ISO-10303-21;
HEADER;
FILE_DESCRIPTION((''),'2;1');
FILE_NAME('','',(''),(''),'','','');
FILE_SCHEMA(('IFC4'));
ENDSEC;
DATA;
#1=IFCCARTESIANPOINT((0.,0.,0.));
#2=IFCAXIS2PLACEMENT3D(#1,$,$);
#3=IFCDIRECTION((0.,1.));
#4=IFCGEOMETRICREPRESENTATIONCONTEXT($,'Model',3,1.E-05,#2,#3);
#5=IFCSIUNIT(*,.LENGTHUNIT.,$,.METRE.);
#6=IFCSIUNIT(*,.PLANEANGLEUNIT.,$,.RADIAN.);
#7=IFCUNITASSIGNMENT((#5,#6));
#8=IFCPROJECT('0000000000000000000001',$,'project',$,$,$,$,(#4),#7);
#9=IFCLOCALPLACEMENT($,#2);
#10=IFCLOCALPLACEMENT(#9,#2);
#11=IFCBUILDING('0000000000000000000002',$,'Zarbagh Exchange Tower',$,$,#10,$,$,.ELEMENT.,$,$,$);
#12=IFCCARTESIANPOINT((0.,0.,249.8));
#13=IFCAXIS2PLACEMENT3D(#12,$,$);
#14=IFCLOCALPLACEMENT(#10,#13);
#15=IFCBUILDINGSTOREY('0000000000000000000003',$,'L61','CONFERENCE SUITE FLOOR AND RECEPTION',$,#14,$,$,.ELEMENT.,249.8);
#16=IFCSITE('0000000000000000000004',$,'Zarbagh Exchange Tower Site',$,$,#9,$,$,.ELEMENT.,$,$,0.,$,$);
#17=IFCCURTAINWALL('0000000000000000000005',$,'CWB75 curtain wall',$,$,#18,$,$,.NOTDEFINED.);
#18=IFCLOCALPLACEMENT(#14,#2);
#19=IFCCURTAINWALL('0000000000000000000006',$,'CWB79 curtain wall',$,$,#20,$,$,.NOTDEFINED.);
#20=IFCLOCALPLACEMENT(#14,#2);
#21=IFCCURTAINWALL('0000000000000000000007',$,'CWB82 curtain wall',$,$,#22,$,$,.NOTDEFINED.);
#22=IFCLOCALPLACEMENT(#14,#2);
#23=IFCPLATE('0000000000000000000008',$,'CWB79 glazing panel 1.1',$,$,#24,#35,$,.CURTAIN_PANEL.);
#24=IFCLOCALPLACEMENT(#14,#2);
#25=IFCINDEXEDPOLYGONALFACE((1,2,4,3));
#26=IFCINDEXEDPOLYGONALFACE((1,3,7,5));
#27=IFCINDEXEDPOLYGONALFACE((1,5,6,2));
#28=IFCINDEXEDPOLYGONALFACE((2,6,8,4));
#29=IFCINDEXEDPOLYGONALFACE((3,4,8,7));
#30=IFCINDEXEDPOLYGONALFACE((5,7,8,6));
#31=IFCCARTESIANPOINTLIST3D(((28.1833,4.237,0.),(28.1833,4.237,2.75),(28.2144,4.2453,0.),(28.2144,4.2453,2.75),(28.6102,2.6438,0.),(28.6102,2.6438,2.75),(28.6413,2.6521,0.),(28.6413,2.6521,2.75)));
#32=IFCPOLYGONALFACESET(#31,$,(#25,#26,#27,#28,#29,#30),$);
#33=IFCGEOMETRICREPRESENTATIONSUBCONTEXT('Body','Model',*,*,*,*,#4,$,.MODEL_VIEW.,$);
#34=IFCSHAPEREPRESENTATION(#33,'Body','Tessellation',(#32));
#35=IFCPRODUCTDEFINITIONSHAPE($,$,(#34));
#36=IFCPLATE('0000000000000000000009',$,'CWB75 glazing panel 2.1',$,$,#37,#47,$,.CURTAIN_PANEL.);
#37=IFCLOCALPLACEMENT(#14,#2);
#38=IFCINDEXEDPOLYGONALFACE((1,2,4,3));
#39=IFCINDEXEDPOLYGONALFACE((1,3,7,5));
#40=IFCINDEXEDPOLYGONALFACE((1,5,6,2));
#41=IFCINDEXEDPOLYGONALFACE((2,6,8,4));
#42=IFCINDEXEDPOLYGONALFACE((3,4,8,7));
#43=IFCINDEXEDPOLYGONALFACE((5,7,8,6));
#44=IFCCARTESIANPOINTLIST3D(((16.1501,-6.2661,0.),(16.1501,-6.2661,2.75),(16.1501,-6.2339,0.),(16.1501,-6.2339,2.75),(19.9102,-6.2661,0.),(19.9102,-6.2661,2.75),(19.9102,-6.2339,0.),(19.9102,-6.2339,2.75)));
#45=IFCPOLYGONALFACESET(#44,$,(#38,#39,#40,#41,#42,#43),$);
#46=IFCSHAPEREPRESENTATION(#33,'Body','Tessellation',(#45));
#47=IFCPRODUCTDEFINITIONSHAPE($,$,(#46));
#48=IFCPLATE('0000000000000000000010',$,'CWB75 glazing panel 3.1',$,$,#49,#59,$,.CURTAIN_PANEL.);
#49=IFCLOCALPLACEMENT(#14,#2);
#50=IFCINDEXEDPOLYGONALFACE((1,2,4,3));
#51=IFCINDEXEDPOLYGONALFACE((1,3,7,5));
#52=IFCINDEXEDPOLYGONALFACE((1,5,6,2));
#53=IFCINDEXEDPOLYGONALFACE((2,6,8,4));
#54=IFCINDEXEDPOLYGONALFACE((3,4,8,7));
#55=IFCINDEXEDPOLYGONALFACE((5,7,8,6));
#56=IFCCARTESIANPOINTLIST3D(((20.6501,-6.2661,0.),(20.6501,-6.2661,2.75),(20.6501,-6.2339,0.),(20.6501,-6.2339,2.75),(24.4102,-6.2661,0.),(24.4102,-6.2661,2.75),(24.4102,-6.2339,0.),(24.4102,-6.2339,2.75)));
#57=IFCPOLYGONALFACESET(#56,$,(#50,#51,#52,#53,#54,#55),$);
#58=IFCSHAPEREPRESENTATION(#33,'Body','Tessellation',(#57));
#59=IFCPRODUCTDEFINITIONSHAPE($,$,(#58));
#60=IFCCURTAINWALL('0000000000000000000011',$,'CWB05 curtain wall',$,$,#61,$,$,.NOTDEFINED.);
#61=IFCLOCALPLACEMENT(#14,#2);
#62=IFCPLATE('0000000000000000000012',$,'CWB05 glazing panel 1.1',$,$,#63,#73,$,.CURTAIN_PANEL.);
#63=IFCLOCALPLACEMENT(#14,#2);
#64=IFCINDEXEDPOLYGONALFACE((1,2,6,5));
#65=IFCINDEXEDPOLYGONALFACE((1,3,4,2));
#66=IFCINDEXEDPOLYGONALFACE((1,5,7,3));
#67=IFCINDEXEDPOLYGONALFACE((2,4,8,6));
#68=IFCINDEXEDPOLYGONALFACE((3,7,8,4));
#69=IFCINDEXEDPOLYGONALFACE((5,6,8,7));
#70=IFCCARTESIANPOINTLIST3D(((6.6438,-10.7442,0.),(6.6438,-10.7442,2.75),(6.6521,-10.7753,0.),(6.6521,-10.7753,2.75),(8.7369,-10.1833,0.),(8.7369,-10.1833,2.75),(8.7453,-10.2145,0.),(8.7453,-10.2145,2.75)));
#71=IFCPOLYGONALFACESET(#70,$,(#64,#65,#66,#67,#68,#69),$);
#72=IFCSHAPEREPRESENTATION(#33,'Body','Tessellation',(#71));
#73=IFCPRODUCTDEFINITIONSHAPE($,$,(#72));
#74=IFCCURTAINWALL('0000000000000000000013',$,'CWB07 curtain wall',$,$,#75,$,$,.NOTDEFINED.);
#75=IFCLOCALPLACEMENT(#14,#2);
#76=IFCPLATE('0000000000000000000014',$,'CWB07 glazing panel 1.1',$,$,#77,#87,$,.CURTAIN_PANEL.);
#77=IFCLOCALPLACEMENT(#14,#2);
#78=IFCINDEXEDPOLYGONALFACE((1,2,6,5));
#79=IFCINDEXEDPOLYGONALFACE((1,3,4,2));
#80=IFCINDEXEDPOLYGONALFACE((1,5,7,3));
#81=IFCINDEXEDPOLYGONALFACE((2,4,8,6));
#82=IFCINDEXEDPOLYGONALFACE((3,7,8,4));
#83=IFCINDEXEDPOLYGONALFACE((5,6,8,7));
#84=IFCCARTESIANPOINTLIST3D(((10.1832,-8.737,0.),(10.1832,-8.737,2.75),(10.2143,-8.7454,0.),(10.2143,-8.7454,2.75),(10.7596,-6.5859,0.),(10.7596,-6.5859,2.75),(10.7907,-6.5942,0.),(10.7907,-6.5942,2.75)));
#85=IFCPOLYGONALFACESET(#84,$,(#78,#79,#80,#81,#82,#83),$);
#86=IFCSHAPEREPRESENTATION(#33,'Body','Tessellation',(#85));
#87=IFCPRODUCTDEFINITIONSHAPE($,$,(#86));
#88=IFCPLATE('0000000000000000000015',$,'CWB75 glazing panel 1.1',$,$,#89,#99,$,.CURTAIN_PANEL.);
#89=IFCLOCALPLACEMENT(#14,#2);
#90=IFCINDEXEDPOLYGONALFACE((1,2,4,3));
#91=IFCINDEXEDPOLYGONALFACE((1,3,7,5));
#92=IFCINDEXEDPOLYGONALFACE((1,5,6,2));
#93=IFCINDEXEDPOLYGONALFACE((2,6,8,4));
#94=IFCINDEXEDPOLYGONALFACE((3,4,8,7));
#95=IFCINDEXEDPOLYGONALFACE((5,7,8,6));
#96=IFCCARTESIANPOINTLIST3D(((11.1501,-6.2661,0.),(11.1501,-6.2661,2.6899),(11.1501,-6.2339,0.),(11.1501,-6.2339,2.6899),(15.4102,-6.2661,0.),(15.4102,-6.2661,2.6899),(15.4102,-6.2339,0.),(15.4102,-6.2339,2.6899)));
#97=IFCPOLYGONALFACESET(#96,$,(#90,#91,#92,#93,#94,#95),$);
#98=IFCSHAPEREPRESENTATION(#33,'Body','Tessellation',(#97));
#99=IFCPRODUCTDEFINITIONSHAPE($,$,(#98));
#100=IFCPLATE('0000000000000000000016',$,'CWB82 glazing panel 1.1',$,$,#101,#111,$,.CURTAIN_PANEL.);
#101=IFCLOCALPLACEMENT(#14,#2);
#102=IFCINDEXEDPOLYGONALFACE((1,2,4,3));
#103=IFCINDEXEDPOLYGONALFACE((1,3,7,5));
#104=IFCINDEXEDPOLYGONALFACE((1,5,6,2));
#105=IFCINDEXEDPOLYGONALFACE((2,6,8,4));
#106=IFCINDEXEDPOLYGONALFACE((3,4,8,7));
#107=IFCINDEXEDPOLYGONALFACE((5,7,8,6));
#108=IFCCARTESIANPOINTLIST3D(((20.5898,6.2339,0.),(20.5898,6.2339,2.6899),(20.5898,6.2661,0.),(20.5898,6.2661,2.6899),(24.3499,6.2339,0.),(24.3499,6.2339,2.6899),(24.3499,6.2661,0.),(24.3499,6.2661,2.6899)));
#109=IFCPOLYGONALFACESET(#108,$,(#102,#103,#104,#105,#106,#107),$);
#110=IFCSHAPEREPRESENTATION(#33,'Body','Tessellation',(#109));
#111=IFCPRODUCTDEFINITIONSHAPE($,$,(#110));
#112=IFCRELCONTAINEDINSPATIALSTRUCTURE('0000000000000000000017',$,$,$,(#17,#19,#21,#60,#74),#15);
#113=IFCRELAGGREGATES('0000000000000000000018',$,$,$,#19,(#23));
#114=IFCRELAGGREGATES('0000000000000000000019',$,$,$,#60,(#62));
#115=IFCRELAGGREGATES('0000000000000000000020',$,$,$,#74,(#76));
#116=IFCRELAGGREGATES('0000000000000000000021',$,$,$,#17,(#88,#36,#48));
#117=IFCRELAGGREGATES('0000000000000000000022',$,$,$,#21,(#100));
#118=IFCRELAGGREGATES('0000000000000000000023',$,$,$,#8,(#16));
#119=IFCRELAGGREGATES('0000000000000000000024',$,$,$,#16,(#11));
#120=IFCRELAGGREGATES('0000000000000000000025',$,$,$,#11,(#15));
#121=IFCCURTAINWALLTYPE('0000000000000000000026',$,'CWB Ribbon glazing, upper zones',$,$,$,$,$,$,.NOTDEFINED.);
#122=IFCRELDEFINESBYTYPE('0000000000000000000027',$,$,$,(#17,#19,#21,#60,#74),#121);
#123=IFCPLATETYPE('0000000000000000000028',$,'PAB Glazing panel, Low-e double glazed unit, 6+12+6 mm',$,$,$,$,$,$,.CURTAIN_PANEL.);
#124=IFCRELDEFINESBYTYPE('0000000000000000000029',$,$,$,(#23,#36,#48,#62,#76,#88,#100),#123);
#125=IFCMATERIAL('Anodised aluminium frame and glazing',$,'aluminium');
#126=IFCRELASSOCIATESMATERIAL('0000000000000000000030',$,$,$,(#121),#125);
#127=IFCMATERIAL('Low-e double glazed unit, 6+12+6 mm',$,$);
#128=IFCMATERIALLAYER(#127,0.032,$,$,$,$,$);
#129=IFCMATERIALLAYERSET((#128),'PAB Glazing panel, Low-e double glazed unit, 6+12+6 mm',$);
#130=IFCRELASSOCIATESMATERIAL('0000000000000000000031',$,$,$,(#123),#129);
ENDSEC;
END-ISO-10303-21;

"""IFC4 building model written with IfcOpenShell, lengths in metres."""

from ifc_helpers import new_model, si_unit, direction, frame, origin, place, context, subcontext, project, spatial, polyline, outline, extrude, source, transform, mapped, material, layer, layer_set, type_object, element, aggregate, save


model = new_model("IFC4")

# Units and contexts
model_context = context("Model", 3, precision=1e-05, world=origin(), true_north=direction((0.0, 1.0)))
body_context = subcontext(model_context, "Body", "Model", "MODEL_VIEW")
ifc_project = project(units=[si_unit("LENGTHUNIT", "METRE"), si_unit("PLANEANGLEUNIT", "RADIAN")], contexts=[model_context])

# Site, building, storey
site_placement = place(None, origin())
site = spatial("IfcSite", under=ifc_project, at=site_placement, Name="Zarbagh Exchange Tower Site", CompositionType="ELEMENT", RefElevation=0.0)
building_placement = place(site_placement, origin())
building = spatial("IfcBuilding", under=site, at=building_placement, Name="Zarbagh Exchange Tower", CompositionType="ELEMENT")
storey_placement = place(building_placement, frame((0.0, 0.0, 249.8)))
storey = spatial("IfcBuildingStorey", under=building, at=storey_placement, Name="L61", Description="CONFERENCE SUITE FLOOR AND RECEPTION", CompositionType="ELEMENT", Elevation=249.8)

# Curtain wall
ifc_material_1 = material(Name="Anodised aluminium frame and glazing", Category="aluminium")
curtain_wall_type = type_object("IfcCurtainWallType", Name="CWB Ribbon glazing, upper zones", PredefinedType="NOTDEFINED", material=ifc_material_1)
curtain_wall_1_placement = place(storey_placement, origin())
curtain_wall_1 = element("IfcCurtainWall", 1, at=curtain_wall_1_placement, inside=storey, type_object=curtain_wall_type, Name="CWB75 curtain wall", PredefinedType="NOTDEFINED")
placement = place(storey_placement, origin())

# Curtain wall
curtain_wall_2_placement = place(storey_placement, origin())
curtain_wall_2 = element("IfcCurtainWall", 2, at=curtain_wall_2_placement, inside=storey, type_object=curtain_wall_type, Name="CWB79 curtain wall", PredefinedType="NOTDEFINED")

# Curtain wall
curtain_wall_3_placement = place(storey_placement, origin())
curtain_wall_3 = element("IfcCurtainWall", 3, at=curtain_wall_3_placement, inside=storey, type_object=curtain_wall_type, Name="CWB82 curtain wall", PredefinedType="NOTDEFINED")

# Shared definitions
ifc_material_2 = material(Name="Low-e double glazed unit, 6+12+6 mm")
ifc_layer = layer(ifc_material_2, 0.032)
ifc_layer_set = layer_set([ifc_layer], Name="PAB Glazing panel, Low-e double glazed unit, 6+12+6 mm")
plate_type = type_object("IfcPlateType", Name="PAB Glazing panel, Low-e double glazed unit, 6+12+6 mm", PredefinedType="CURTAIN_PANEL", material=ifc_layer_set)

# Plates
shared_shape_1 = source(origin(), body_context, "Body", "SweptSolid", [
    extrude(outline(polyline([(0.0, -0.0161), (1.6494, -0.0161), (1.6494, 0.0161), (0.0, 0.0161), (0.0, -0.0161)])), origin(), (0.0, 0.0, 1.0), 2.75),
])
plate_1 = element("IfcPlate", 4, at=placement, type_object=plate_type, Name="CWB79 glazing panel 1.1", PredefinedType="CURTAIN_PANEL", context=body_context, shape_type="MappedRepresentation", body=[
    mapped(shared_shape_1, transform((28.6257, 2.6479, 0.0), x_axis=(-0.258825, 0.965924, 0.0), y_axis=(-0.965924, -0.258825, 0.0), z_axis=(0.0, 0.0, 1.0))),
])
aggregate(curtain_wall_2, [plate_1])
shared_shape_2 = source(origin(), body_context, "Body", "SweptSolid", [
    extrude(outline(polyline([(0.0, -0.0161), (3.76, -0.0161), (3.76, 0.0161), (0.0, 0.0161), (0.0, -0.0161)])), origin(), (0.0, 0.0, 1.0), 2.75),
])
plate_2 = element("IfcPlate", 5, at=placement, type_object=plate_type, Name="CWB75 glazing panel 2.1", PredefinedType="CURTAIN_PANEL", context=body_context, shape_type="MappedRepresentation", body=[
    mapped(shared_shape_2, transform((16.1501, -6.25, 0.0), x_axis=(1.0, 0.0, 0.0), y_axis=(0.0, 1.0, 0.0), z_axis=(0.0, 0.0, 1.0))),
])
plate_3 = element("IfcPlate", 6, at=placement, type_object=plate_type, Name="CWB75 glazing panel 3.1", PredefinedType="CURTAIN_PANEL", context=body_context, shape_type="MappedRepresentation", body=[
    mapped(shared_shape_2, transform((20.6501, -6.25, 0.0), x_axis=(1.0, 0.0, 0.0), y_axis=(0.0, 1.0, 0.0), z_axis=(0.0, 0.0, 1.0))),
])

# Curtain walls, plates
curtain_wall_4_placement = place(storey_placement, origin())
curtain_wall_4 = element("IfcCurtainWall", 7, at=curtain_wall_4_placement, inside=storey, type_object=curtain_wall_type, Name="CWB05 curtain wall", PredefinedType="NOTDEFINED")
shared_shape_3 = source(origin(), body_context, "Body", "SweptSolid", [
    extrude(outline(polyline([(0.0, -0.0161), (2.167, -0.0161), (2.167, 0.0161), (0.0, 0.0161), (0.0, -0.0161)])), origin(), (0.0, 0.0, 1.0), 2.75),
])
plate_4 = element("IfcPlate", 8, at=placement, type_object=plate_type, Name="CWB05 glazing panel 1.1", PredefinedType="CURTAIN_PANEL", context=body_context, shape_type="MappedRepresentation", body=[
    mapped(shared_shape_3, transform((6.6479, -10.7598, 0.0), x_axis=(0.965924, 0.258825, 0.0), y_axis=(-0.258825, 0.965924, 0.0), z_axis=(0.0, 0.0, 1.0))),
])
aggregate(curtain_wall_4, [plate_4])
curtain_wall_5_placement = place(storey_placement, origin())
curtain_wall_5 = element("IfcCurtainWall", 9, at=curtain_wall_5_placement, inside=storey, type_object=curtain_wall_type, Name="CWB07 curtain wall", PredefinedType="NOTDEFINED")
shared_shape_4 = source(origin(), body_context, "Body", "SweptSolid", [
    extrude(outline(polyline([(0.0, -0.0161), (2.2271, -0.0161), (2.2271, 0.0161), (0.0, 0.0161), (0.0, -0.0161)])), origin(), (0.0, 0.0, 1.0), 2.75),
])
plate_5 = element("IfcPlate", 10, at=placement, type_object=plate_type, Name="CWB07 glazing panel 1.1", PredefinedType="CURTAIN_PANEL", context=body_context, shape_type="MappedRepresentation", body=[
    mapped(shared_shape_4, transform((10.1987, -8.7412, 0.0), x_axis=(0.258825, 0.965924, 0.0), y_axis=(-0.965924, 0.258825, 0.0), z_axis=(0.0, 0.0, 1.0))),
])
aggregate(curtain_wall_5, [plate_5])

# Plates
shared_shape_5 = source(origin(), body_context, "Body", "SweptSolid", [
    extrude(outline(polyline([(0.0, -0.0161), (4.26, -0.0161), (4.26, 0.0161), (0.0, 0.0161), (0.0, -0.0161)])), origin(), (0.0, 0.0, 1.0), 2.6899),
])
plate_6 = element("IfcPlate", 11, at=placement, type_object=plate_type, Name="CWB75 glazing panel 1.1", PredefinedType="CURTAIN_PANEL", context=body_context, shape_type="MappedRepresentation", body=[
    mapped(shared_shape_5, transform((11.1501, -6.25, 0.0), x_axis=(1.0, 0.0, 0.0), y_axis=(0.0, 1.0, 0.0), z_axis=(0.0, 0.0, 1.0))),
])
aggregate(curtain_wall_1, [plate_6, plate_2, plate_3])
shared_shape_6 = source(origin(), body_context, "Body", "SweptSolid", [
    extrude(outline(polyline([(0.0, -0.0161), (3.76, -0.0161), (3.76, 0.0161), (0.0, 0.0161), (0.0, -0.0161)])), origin(), (0.0, 0.0, 1.0), 2.6899),
])
plate_7 = element("IfcPlate", 12, at=placement, type_object=plate_type, Name="CWB82 glazing panel 1.1", PredefinedType="CURTAIN_PANEL", context=body_context, shape_type="MappedRepresentation", body=[
    mapped(shared_shape_6, transform((24.3499, 6.25, 0.0), x_axis=(-1.0, 0.0, 0.0), y_axis=(0.0, -1.0, 0.0), z_axis=(0.0, 0.0, 1.0))),
])
aggregate(curtain_wall_3, [plate_7])

save(model, "model.ifc")
